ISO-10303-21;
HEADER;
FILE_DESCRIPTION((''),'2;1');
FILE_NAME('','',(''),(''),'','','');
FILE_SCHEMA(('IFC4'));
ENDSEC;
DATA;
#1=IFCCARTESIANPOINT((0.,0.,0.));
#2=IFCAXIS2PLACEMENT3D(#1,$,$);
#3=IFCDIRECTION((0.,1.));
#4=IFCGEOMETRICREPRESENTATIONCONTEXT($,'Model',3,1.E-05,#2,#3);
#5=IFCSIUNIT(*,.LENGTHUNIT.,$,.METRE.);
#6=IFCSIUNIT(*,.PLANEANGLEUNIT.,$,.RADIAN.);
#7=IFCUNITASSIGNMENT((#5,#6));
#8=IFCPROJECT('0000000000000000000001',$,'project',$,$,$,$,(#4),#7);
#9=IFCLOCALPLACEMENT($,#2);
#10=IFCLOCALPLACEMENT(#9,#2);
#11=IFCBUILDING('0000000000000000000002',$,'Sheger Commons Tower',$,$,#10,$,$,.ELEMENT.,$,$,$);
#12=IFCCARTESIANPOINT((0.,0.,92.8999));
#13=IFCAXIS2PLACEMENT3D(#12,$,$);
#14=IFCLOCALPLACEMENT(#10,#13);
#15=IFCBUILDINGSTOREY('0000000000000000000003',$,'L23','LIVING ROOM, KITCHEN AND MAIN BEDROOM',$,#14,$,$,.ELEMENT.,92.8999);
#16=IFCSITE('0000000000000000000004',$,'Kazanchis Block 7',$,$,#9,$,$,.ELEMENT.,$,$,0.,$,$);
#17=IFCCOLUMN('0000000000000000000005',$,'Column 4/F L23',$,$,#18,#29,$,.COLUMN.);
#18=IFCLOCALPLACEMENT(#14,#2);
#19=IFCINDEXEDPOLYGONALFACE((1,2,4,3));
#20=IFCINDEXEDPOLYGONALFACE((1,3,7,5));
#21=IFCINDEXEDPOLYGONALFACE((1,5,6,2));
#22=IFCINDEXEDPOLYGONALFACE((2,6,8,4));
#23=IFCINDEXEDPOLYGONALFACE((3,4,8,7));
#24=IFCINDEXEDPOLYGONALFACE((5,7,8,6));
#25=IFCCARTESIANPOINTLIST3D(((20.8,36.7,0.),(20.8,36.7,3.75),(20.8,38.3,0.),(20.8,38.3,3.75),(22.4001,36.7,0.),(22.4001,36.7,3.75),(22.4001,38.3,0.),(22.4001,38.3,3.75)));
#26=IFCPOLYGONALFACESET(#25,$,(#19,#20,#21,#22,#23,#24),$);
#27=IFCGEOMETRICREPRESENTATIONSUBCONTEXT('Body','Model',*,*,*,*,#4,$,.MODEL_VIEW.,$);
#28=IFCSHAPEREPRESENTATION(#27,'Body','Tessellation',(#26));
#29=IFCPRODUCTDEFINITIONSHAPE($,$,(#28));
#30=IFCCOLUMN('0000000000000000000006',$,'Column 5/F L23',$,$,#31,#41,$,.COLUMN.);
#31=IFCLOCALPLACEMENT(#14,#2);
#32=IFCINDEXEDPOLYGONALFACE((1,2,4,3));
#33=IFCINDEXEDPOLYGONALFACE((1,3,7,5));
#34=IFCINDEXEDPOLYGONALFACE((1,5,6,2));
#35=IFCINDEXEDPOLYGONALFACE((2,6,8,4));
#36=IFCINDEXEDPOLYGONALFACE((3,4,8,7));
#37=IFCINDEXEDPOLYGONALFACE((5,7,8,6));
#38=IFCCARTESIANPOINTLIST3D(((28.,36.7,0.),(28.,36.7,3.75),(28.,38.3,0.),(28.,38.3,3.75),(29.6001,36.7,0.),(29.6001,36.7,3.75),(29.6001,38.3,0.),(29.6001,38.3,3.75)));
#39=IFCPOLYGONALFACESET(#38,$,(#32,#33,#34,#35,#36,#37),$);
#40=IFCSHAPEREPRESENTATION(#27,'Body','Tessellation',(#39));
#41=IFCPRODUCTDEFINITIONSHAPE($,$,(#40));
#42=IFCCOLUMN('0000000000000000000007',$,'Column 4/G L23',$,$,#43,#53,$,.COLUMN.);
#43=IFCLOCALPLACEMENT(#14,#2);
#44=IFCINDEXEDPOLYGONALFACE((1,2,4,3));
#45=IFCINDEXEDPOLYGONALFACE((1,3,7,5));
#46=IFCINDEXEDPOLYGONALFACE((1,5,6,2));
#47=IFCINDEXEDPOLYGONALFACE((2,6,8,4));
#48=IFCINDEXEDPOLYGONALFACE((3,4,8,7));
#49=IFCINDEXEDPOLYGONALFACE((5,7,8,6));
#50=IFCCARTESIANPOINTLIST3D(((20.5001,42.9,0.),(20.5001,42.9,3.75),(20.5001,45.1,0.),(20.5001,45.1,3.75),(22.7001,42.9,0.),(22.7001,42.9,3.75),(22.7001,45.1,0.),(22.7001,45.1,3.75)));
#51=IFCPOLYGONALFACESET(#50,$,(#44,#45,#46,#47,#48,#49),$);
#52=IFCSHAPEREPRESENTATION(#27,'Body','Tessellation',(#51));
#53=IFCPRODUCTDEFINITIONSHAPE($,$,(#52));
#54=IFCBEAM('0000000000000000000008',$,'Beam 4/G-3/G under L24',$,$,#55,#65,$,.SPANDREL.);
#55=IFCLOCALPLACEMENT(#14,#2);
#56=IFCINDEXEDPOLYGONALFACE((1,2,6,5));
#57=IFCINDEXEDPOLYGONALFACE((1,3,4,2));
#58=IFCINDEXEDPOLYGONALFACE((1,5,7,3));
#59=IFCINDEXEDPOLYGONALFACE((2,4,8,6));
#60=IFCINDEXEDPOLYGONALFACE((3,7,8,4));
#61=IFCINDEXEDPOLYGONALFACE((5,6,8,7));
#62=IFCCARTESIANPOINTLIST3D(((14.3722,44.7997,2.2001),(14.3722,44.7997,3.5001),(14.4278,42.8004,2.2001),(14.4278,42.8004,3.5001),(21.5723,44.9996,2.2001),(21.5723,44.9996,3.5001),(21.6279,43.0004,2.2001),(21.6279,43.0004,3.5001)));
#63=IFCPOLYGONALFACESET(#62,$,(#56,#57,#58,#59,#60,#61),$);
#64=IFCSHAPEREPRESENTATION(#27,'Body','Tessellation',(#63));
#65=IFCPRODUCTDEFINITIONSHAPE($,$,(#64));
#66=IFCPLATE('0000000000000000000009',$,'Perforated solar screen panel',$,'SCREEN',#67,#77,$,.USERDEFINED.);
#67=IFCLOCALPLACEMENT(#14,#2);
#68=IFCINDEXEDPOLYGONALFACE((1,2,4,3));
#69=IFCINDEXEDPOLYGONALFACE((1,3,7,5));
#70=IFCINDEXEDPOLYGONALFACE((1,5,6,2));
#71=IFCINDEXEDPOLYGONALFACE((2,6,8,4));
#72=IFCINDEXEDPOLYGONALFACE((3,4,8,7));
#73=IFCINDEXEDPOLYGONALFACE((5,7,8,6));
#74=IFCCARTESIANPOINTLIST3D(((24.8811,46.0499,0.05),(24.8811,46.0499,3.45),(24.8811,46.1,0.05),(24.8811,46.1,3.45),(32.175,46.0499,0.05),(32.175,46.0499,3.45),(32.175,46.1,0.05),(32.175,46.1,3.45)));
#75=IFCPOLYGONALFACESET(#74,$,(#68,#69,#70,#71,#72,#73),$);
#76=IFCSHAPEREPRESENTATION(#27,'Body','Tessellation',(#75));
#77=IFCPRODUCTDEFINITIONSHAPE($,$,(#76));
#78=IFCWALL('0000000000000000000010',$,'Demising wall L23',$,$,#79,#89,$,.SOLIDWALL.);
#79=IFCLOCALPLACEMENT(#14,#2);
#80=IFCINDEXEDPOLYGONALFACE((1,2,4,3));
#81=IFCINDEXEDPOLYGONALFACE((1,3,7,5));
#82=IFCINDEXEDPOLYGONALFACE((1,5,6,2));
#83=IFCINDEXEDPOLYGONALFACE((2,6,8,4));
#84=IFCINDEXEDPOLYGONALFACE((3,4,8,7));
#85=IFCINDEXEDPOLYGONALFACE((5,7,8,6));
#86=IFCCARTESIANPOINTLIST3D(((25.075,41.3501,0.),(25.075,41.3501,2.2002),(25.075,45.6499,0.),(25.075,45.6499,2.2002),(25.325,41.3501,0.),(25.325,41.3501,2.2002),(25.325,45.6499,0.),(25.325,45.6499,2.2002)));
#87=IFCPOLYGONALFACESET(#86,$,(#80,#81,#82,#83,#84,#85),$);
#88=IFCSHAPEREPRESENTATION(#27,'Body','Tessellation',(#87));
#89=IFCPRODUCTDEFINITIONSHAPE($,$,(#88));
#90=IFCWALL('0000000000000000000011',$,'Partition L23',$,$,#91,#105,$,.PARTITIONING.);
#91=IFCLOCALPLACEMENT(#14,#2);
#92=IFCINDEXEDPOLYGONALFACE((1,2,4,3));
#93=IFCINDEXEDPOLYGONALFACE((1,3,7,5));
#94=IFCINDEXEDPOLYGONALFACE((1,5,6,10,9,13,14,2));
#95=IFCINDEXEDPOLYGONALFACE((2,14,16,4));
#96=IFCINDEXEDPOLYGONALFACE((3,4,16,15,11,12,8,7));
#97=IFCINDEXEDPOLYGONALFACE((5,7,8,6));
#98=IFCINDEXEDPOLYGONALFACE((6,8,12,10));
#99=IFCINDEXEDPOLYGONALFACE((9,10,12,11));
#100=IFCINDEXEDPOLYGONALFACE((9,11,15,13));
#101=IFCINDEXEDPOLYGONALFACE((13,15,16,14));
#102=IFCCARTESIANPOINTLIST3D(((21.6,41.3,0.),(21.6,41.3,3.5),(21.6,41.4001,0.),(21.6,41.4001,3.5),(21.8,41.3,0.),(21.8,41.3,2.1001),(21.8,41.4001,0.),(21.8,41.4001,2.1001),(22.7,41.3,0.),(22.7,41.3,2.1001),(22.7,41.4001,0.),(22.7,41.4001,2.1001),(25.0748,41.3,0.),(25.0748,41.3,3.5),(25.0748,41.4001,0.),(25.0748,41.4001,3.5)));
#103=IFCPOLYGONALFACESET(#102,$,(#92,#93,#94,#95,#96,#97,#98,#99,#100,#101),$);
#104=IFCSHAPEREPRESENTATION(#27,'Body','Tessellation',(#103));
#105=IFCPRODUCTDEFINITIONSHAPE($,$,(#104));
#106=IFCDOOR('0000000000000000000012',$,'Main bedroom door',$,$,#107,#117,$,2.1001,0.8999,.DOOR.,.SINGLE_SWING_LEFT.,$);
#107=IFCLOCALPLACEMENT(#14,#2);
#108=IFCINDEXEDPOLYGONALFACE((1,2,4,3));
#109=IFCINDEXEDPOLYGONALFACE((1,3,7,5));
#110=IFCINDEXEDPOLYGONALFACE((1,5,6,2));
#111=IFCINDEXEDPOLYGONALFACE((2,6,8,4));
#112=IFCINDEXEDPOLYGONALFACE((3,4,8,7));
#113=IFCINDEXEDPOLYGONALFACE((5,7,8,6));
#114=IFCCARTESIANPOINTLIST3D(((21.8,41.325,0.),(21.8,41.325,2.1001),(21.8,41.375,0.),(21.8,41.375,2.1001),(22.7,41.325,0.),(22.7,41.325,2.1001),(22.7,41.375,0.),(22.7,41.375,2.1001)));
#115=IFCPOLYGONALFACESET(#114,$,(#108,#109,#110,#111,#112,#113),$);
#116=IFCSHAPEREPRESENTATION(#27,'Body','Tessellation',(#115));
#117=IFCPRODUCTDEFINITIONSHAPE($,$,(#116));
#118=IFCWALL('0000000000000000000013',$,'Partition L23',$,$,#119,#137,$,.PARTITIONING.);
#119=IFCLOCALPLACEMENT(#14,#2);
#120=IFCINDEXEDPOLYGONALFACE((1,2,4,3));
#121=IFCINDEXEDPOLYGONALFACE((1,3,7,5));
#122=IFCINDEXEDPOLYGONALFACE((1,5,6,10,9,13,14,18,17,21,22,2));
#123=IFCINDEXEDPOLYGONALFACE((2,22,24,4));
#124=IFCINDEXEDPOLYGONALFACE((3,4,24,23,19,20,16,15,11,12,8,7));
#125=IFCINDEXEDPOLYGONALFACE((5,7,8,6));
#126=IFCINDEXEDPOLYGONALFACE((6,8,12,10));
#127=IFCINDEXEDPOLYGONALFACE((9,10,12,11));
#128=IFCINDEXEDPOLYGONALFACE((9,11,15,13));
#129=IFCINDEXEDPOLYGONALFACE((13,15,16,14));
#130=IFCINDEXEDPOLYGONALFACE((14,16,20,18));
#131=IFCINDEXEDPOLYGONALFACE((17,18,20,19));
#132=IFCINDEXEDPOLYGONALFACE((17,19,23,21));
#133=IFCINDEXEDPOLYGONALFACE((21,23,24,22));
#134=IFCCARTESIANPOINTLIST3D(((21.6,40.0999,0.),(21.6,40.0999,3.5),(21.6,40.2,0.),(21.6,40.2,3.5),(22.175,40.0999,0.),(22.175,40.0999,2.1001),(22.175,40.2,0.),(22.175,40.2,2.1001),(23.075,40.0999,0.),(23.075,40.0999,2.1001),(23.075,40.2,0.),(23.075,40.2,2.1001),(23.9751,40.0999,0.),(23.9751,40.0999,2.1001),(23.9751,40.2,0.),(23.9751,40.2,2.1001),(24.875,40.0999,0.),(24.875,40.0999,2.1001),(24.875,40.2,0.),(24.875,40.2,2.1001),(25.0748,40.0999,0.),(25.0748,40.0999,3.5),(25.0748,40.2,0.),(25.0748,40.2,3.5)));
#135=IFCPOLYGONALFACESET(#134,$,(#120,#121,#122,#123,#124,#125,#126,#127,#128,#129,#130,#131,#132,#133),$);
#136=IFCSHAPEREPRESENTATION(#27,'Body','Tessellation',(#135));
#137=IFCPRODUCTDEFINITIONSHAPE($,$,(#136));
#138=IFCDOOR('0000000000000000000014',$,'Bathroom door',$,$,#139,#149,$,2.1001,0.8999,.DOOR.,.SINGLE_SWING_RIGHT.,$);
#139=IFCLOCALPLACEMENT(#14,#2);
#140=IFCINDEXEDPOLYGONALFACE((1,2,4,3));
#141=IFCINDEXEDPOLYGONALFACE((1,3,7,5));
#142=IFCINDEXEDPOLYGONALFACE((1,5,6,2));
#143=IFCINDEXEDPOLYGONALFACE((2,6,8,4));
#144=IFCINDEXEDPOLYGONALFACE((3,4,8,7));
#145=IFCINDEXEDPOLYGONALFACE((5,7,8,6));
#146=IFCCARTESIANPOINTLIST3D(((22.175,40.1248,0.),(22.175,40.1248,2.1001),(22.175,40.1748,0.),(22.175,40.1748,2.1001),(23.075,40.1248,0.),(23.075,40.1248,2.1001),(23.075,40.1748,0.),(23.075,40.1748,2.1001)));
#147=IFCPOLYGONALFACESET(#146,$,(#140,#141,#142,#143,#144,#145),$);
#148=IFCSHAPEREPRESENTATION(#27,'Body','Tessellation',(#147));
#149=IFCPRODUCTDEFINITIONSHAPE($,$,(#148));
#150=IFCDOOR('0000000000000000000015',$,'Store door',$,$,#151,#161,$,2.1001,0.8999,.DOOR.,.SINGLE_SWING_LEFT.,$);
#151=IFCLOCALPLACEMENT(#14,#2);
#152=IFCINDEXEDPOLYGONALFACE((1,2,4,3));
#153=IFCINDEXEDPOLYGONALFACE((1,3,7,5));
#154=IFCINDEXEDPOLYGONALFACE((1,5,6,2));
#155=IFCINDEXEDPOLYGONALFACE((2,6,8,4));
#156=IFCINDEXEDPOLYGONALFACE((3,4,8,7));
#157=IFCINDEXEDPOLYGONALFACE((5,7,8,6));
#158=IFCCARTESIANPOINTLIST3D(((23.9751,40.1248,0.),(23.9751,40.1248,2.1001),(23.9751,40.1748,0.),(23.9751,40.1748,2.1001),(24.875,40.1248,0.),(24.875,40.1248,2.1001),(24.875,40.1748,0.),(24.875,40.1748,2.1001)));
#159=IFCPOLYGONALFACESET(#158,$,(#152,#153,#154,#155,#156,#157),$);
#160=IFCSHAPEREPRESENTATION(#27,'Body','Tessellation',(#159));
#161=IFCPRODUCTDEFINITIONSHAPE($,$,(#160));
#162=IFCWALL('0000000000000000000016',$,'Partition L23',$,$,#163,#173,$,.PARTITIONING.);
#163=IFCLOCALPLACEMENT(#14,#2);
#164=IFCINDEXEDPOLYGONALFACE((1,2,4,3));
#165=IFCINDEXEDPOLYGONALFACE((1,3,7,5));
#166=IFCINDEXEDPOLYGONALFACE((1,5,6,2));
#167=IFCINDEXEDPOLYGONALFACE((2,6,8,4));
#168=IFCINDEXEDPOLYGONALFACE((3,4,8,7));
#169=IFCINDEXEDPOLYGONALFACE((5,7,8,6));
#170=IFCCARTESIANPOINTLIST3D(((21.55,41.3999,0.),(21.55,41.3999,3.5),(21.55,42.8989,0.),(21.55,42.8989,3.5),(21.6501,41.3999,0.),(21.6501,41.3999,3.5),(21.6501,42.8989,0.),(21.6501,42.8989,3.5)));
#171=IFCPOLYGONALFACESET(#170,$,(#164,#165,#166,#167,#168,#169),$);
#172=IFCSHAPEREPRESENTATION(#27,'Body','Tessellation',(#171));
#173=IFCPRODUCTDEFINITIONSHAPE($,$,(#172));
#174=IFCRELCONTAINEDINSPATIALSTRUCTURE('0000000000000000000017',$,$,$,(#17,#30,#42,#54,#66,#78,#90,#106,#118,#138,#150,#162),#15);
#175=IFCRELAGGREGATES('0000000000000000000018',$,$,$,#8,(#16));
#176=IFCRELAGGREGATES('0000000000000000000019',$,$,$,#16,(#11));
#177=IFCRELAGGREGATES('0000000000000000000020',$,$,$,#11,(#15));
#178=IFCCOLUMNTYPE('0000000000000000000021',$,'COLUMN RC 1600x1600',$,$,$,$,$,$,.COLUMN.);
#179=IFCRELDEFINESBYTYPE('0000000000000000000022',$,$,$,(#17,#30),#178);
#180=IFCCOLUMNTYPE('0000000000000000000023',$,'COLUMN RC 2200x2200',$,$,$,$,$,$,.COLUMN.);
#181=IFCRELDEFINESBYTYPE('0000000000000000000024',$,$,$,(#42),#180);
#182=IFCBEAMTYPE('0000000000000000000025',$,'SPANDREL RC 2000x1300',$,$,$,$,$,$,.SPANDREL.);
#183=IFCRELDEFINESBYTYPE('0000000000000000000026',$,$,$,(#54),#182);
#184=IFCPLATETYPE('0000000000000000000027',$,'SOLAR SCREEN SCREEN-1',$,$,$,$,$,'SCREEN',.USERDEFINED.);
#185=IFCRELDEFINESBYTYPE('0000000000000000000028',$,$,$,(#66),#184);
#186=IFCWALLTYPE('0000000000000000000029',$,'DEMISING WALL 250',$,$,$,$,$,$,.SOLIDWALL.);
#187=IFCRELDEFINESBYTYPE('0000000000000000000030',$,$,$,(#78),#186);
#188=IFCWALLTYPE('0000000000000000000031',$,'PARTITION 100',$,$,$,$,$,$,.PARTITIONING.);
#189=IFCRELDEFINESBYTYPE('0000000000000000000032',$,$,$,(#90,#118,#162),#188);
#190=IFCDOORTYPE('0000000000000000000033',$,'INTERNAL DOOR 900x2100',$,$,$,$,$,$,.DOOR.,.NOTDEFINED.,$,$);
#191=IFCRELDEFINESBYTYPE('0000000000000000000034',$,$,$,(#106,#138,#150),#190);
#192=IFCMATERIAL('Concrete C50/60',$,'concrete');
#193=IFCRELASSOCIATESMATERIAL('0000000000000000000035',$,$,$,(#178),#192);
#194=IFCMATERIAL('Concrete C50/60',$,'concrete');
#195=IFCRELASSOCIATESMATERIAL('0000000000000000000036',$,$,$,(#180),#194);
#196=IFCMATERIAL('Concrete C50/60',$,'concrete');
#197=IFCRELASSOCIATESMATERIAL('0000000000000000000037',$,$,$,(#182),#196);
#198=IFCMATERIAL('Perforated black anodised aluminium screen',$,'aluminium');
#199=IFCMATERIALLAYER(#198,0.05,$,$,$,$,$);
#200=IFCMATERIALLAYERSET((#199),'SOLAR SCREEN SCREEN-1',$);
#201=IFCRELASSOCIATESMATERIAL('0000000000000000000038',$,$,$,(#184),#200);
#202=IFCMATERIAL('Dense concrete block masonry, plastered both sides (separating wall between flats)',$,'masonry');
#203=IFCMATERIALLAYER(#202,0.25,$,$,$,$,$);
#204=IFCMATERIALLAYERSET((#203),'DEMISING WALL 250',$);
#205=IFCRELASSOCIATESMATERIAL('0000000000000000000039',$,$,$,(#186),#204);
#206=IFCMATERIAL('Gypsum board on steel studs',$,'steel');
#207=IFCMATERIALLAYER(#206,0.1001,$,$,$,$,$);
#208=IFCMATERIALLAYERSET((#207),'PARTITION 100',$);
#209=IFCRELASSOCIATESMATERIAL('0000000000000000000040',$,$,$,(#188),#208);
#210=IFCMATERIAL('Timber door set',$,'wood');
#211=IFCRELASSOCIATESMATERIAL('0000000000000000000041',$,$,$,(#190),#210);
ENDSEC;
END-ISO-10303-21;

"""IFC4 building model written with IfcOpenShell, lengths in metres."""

from ifc_helpers import new_model, si_unit, direction, frame, frame_2d, origin, origin_2d, place, context, subcontext, project, spatial, rectangle, extrude, material, layer, layer_set, material_profile, profile_set, type_object, element, fill, save


model = new_model("IFC4")

# Units and contexts
model_context = context("Model", 3, precision=1e-05, world=origin(), true_north=direction((0.0, 1.0)))
body_context = subcontext(model_context, "Body", "Model", "MODEL_VIEW")
ifc_project = project(units=[si_unit("LENGTHUNIT", "METRE"), si_unit("PLANEANGLEUNIT", "RADIAN")], contexts=[model_context])

# Site, building, storey
site_placement = place(None, origin())
site = spatial("IfcSite", under=ifc_project, at=site_placement, Name="Kazanchis Block 7", CompositionType="ELEMENT", RefElevation=0.0)
building_placement = place(site_placement, origin())
building = spatial("IfcBuilding", under=site, at=building_placement, Name="Sheger Commons Tower", CompositionType="ELEMENT")
storey_placement = place(building_placement, frame((0.0, 0.0, 92.8999)))
storey = spatial("IfcBuildingStorey", under=building, at=storey_placement, Name="L23", Description="LIVING ROOM, KITCHEN AND MAIN BEDROOM", CompositionType="ELEMENT", Elevation=92.8999)

# Columns
ifc_material_1 = material(Name="Concrete C50/60", Category="concrete")
ifc_material_profile_1 = material_profile(ifc_material_1, rectangle(XDim=1.6001, YDim=1.6001, at=origin_2d()), Name="RC 1600x1600")
ifc_profile_set_1 = profile_set([ifc_material_profile_1], Name="Concrete C50/60")
column_type_1 = type_object("IfcColumnType", Name="COLUMN RC 1600x1600", PredefinedType="COLUMN", material=ifc_profile_set_1)
for number, where, z_axis, x_axis, name in (
    (1, (21.6001, 37.5, 0.0), (0.0, 0.0, 1.0), (1.0, 0.0, 0.0), "Column 4/F L23"),
    (2, (28.8, 37.5, 0.0), (0.0, 0.0, 1.0), (1.0, 0.0, 0.0), "Column 5/F L23"),
):
    element("IfcColumn", number, at=place(storey_placement, frame(where, z_axis=z_axis, x_axis=x_axis)), inside=storey, type_object=column_type_1, Name=name, PredefinedType="COLUMN", context=body_context, shape_type="SweptSolid", body=[
        extrude(rectangle(XDim=1.6001, YDim=1.6001, at=origin_2d()), origin(), (0.0, 0.0, 1.0), 3.75),
    ])
ifc_material_2 = material(Name="Concrete C50/60", Category="concrete")
ifc_material_profile_2 = material_profile(ifc_material_2, rectangle(XDim=2.2, YDim=2.2, at=origin_2d()), Name="RC 2200x2200")
ifc_profile_set_2 = profile_set([ifc_material_profile_2], Name="Concrete C50/60")
column_type_2 = type_object("IfcColumnType", Name="COLUMN RC 2200x2200", PredefinedType="COLUMN", material=ifc_profile_set_2)
column_placement = place(storey_placement, frame((21.6001, 44.0, 0.0), z_axis=(0.0, 0.0, 1.0), x_axis=(1.0, 0.0, 0.0)))
element("IfcColumn", 3, at=column_placement, inside=storey, type_object=column_type_2, Name="Column 4/G L23", PredefinedType="COLUMN", context=body_context, shape_type="SweptSolid", body=[
    extrude(rectangle(XDim=2.2, YDim=2.2, at=origin_2d()), origin(), (0.0, 0.0, 1.0), 3.75),
])

# Beam
ifc_material_3 = material(Name="Concrete C50/60", Category="concrete")
ifc_material_profile_3 = material_profile(ifc_material_3, rectangle(XDim=2.0, YDim=1.3, at=origin_2d()), Name="RC 2000x1300")
ifc_profile_set_3 = profile_set([ifc_material_profile_3], Name="Concrete C50/60")
beam_type = type_object("IfcBeamType", Name="SPANDREL RC 2000x1300", PredefinedType="SPANDREL", material=ifc_profile_set_3)
beam_placement = place(storey_placement, frame((21.6001, 44.0, 2.8501), z_axis=(-0.999615, -0.02776, 0.0), x_axis=(0.02776, -0.999615, 0.0)))
element("IfcBeam", 4, at=beam_placement, inside=storey, type_object=beam_type, Name="Beam 4/G-3/G under L24", PredefinedType="SPANDREL", context=body_context, shape_type="SweptSolid", body=[
    extrude(rectangle(XDim=2.0, YDim=1.3, at=origin_2d()), origin(), (0.0, 0.0, 1.0), 7.2029),
])

# Plate
ifc_material_4 = material(Name="Perforated black anodised aluminium screen", Category="aluminium")
ifc_layer_1 = layer(ifc_material_4, 0.05)
ifc_layer_set_1 = layer_set([ifc_layer_1], Name="SOLAR SCREEN SCREEN-1")
plate_type = type_object("IfcPlateType", Name="SOLAR SCREEN SCREEN-1", ElementType="SCREEN", PredefinedType="USERDEFINED", material=ifc_layer_set_1)
plate_placement = place(storey_placement, frame((28.5281, 46.075, 0.05), z_axis=(0.0, 0.0, 1.0), x_axis=(-1.0, 0.0, 0.0)))
element("IfcPlate", 5, at=plate_placement, inside=storey, type_object=plate_type, Name="Perforated solar screen panel", ObjectType="SCREEN", PredefinedType="USERDEFINED", context=body_context, shape_type="SweptSolid", body=[
    extrude(rectangle(XDim=7.2939, YDim=0.05, at=origin_2d()), origin(), (0.0, 0.0, 1.0), 3.3999),
])

# Wall
ifc_material_5 = material(Name="Dense concrete block masonry, plastered both sides (separating wall between flats)", Category="masonry")
ifc_layer_2 = layer(ifc_material_5, 0.25)
ifc_layer_set_2 = layer_set([ifc_layer_2], Name="DEMISING WALL 250")
wall_type_1 = type_object("IfcWallType", Name="DEMISING WALL 250", PredefinedType="SOLIDWALL", material=ifc_layer_set_2)
wall_1_placement = place(storey_placement, frame((25.2, 41.3501, 0.0), z_axis=(0.0, 0.0, 1.0), x_axis=(0.0, 1.0, 0.0)))
element("IfcWall", 6, at=wall_1_placement, inside=storey, type_object=wall_type_1, Name="Demising wall L23", PredefinedType="SOLIDWALL", context=body_context, shape_type="SweptSolid", body=[
    extrude(rectangle(XDim=4.2998, YDim=0.25, at=frame_2d((2.1499, 0.0))), origin(), (0.0, 0.0, 1.0), 2.2002),
])

# Wall, opening, door
ifc_material_6 = material(Name="Gypsum board on steel studs", Category="steel")
ifc_layer_3 = layer(ifc_material_6, 0.1001)
ifc_layer_set_3 = layer_set([ifc_layer_3], Name="PARTITION 100")
wall_type_2 = type_object("IfcWallType", Name="PARTITION 100", PredefinedType="PARTITIONING", material=ifc_layer_set_3)
wall_2_placement = place(storey_placement, frame((21.6001, 41.3501, 0.0), z_axis=(0.0, 0.0, 1.0), x_axis=(1.0, 0.0, 0.0)))
wall_2 = element("IfcWall", 7, at=wall_2_placement, inside=storey, type_object=wall_type_2, Name="Partition L23", PredefinedType="PARTITIONING", context=body_context, shape_type="SweptSolid", body=[
    extrude(rectangle(XDim=3.4749, YDim=0.1001, at=frame_2d((1.7373, 0.0))), origin(), (0.0, 0.0, 1.0), 3.5),
])
opening_1_placement = place(wall_2_placement, frame((0.2, 0.0, 0.0)))
opening_1 = element("IfcOpeningElement", 8, at=opening_1_placement, cuts=wall_2, PredefinedType="OPENING", context=body_context, shape_type="SweptSolid", body=[
    extrude(rectangle(XDim=0.8999, YDim=2.1001, at=frame_2d((0.45, 1.05))), frame((0.0, 0.0601, 0.0), z_axis=(0.0, -1.0, 0.0), x_axis=(1.0, 0.0, 0.0)), (0.0, 0.0, 1.0), 0.1201),
])
ifc_material_7 = material(Name="Timber door set", Category="wood")
door_type = type_object("IfcDoorType", Name="INTERNAL DOOR 900x2100", OperationType="NOTDEFINED", PredefinedType="DOOR", material=ifc_material_7)
door_1_placement = place(opening_1_placement, origin())
door_1 = element("IfcDoor", 9, at=door_1_placement, inside=storey, type_object=door_type, Name="Main bedroom door", OperationType="SINGLE_SWING_LEFT", OverallHeight=2.1001, OverallWidth=0.8999, PredefinedType="DOOR", context=body_context, shape_type="SweptSolid", body=[
    extrude(rectangle(XDim=0.8999, YDim=2.1001, at=frame_2d((0.45, 1.05))), frame((0.0, 0.0249, 0.0), z_axis=(0.0, -1.0, 0.0), x_axis=(1.0, 0.0, 0.0)), (0.0, 0.0, 1.0), 0.05),
])
fill(opening_1, door_1)

# Wall, openings, doors
wall_3_placement = place(storey_placement, frame((21.6001, 40.1499, 0.0), z_axis=(0.0, 0.0, 1.0), x_axis=(1.0, 0.0, 0.0)))
wall_3 = element("IfcWall", 10, at=wall_3_placement, inside=storey, type_object=wall_type_2, Name="Partition L23", PredefinedType="PARTITIONING", context=body_context, shape_type="SweptSolid", body=[
    extrude(rectangle(XDim=3.4749, YDim=0.1001, at=frame_2d((1.7373, 0.0))), origin(), (0.0, 0.0, 1.0), 3.5),
])
opening_2_placement = place(wall_3_placement, frame((0.575, 0.0, 0.0)))
opening_2 = element("IfcOpeningElement", 11, at=opening_2_placement, cuts=wall_3, PredefinedType="OPENING", context=body_context, shape_type="SweptSolid", body=[
    extrude(rectangle(XDim=0.8999, YDim=2.1001, at=frame_2d((0.45, 1.05))), frame((0.0, 0.0601, 0.0), z_axis=(0.0, -1.0, 0.0), x_axis=(1.0, 0.0, 0.0)), (0.0, 0.0, 1.0), 0.1201),
])
opening_3_placement = place(wall_3_placement, frame((2.375, 0.0, 0.0)))
opening_3 = element("IfcOpeningElement", 12, at=opening_3_placement, cuts=wall_3, PredefinedType="OPENING", context=body_context, shape_type="SweptSolid", body=[
    extrude(rectangle(XDim=0.8999, YDim=2.1001, at=frame_2d((0.45, 1.05))), frame((0.0, 0.0601, 0.0), z_axis=(0.0, -1.0, 0.0), x_axis=(1.0, 0.0, 0.0)), (0.0, 0.0, 1.0), 0.1201),
])
door_2_placement = place(opening_2_placement, origin())
door_2 = element("IfcDoor", 13, at=door_2_placement, inside=storey, type_object=door_type, Name="Bathroom door", OperationType="SINGLE_SWING_RIGHT", OverallHeight=2.1001, OverallWidth=0.8999, PredefinedType="DOOR", context=body_context, shape_type="SweptSolid", body=[
    extrude(rectangle(XDim=0.8999, YDim=2.1001, at=frame_2d((0.45, 1.05))), frame((0.0, 0.0249, 0.0), z_axis=(0.0, -1.0, 0.0), x_axis=(1.0, 0.0, 0.0)), (0.0, 0.0, 1.0), 0.05),
])
fill(opening_2, door_2)
door_3_placement = place(opening_3_placement, origin())
door_3 = element("IfcDoor", 14, at=door_3_placement, inside=storey, type_object=door_type, Name="Store door", OperationType="SINGLE_SWING_LEFT", OverallHeight=2.1001, OverallWidth=0.8999, PredefinedType="DOOR", context=body_context, shape_type="SweptSolid", body=[
    extrude(rectangle(XDim=0.8999, YDim=2.1001, at=frame_2d((0.45, 1.05))), frame((0.0, 0.0249, 0.0), z_axis=(0.0, -1.0, 0.0), x_axis=(1.0, 0.0, 0.0)), (0.0, 0.0, 1.0), 0.05),
])
fill(opening_3, door_3)

# Wall
wall_4_placement = place(storey_placement, frame((21.6001, 41.3999, 0.0), z_axis=(0.0, 0.0, 1.0), x_axis=(0.0, 1.0, 0.0)))
element("IfcWall", 15, at=wall_4_placement, inside=storey, type_object=wall_type_2, Name="Partition L23", PredefinedType="PARTITIONING", context=body_context, shape_type="SweptSolid", body=[
    extrude(rectangle(XDim=1.499, YDim=0.1001, at=frame_2d((0.7495, 0.0))), origin(), (0.0, 0.0, 1.0), 3.5),
])

save(model, "model.ifc")
